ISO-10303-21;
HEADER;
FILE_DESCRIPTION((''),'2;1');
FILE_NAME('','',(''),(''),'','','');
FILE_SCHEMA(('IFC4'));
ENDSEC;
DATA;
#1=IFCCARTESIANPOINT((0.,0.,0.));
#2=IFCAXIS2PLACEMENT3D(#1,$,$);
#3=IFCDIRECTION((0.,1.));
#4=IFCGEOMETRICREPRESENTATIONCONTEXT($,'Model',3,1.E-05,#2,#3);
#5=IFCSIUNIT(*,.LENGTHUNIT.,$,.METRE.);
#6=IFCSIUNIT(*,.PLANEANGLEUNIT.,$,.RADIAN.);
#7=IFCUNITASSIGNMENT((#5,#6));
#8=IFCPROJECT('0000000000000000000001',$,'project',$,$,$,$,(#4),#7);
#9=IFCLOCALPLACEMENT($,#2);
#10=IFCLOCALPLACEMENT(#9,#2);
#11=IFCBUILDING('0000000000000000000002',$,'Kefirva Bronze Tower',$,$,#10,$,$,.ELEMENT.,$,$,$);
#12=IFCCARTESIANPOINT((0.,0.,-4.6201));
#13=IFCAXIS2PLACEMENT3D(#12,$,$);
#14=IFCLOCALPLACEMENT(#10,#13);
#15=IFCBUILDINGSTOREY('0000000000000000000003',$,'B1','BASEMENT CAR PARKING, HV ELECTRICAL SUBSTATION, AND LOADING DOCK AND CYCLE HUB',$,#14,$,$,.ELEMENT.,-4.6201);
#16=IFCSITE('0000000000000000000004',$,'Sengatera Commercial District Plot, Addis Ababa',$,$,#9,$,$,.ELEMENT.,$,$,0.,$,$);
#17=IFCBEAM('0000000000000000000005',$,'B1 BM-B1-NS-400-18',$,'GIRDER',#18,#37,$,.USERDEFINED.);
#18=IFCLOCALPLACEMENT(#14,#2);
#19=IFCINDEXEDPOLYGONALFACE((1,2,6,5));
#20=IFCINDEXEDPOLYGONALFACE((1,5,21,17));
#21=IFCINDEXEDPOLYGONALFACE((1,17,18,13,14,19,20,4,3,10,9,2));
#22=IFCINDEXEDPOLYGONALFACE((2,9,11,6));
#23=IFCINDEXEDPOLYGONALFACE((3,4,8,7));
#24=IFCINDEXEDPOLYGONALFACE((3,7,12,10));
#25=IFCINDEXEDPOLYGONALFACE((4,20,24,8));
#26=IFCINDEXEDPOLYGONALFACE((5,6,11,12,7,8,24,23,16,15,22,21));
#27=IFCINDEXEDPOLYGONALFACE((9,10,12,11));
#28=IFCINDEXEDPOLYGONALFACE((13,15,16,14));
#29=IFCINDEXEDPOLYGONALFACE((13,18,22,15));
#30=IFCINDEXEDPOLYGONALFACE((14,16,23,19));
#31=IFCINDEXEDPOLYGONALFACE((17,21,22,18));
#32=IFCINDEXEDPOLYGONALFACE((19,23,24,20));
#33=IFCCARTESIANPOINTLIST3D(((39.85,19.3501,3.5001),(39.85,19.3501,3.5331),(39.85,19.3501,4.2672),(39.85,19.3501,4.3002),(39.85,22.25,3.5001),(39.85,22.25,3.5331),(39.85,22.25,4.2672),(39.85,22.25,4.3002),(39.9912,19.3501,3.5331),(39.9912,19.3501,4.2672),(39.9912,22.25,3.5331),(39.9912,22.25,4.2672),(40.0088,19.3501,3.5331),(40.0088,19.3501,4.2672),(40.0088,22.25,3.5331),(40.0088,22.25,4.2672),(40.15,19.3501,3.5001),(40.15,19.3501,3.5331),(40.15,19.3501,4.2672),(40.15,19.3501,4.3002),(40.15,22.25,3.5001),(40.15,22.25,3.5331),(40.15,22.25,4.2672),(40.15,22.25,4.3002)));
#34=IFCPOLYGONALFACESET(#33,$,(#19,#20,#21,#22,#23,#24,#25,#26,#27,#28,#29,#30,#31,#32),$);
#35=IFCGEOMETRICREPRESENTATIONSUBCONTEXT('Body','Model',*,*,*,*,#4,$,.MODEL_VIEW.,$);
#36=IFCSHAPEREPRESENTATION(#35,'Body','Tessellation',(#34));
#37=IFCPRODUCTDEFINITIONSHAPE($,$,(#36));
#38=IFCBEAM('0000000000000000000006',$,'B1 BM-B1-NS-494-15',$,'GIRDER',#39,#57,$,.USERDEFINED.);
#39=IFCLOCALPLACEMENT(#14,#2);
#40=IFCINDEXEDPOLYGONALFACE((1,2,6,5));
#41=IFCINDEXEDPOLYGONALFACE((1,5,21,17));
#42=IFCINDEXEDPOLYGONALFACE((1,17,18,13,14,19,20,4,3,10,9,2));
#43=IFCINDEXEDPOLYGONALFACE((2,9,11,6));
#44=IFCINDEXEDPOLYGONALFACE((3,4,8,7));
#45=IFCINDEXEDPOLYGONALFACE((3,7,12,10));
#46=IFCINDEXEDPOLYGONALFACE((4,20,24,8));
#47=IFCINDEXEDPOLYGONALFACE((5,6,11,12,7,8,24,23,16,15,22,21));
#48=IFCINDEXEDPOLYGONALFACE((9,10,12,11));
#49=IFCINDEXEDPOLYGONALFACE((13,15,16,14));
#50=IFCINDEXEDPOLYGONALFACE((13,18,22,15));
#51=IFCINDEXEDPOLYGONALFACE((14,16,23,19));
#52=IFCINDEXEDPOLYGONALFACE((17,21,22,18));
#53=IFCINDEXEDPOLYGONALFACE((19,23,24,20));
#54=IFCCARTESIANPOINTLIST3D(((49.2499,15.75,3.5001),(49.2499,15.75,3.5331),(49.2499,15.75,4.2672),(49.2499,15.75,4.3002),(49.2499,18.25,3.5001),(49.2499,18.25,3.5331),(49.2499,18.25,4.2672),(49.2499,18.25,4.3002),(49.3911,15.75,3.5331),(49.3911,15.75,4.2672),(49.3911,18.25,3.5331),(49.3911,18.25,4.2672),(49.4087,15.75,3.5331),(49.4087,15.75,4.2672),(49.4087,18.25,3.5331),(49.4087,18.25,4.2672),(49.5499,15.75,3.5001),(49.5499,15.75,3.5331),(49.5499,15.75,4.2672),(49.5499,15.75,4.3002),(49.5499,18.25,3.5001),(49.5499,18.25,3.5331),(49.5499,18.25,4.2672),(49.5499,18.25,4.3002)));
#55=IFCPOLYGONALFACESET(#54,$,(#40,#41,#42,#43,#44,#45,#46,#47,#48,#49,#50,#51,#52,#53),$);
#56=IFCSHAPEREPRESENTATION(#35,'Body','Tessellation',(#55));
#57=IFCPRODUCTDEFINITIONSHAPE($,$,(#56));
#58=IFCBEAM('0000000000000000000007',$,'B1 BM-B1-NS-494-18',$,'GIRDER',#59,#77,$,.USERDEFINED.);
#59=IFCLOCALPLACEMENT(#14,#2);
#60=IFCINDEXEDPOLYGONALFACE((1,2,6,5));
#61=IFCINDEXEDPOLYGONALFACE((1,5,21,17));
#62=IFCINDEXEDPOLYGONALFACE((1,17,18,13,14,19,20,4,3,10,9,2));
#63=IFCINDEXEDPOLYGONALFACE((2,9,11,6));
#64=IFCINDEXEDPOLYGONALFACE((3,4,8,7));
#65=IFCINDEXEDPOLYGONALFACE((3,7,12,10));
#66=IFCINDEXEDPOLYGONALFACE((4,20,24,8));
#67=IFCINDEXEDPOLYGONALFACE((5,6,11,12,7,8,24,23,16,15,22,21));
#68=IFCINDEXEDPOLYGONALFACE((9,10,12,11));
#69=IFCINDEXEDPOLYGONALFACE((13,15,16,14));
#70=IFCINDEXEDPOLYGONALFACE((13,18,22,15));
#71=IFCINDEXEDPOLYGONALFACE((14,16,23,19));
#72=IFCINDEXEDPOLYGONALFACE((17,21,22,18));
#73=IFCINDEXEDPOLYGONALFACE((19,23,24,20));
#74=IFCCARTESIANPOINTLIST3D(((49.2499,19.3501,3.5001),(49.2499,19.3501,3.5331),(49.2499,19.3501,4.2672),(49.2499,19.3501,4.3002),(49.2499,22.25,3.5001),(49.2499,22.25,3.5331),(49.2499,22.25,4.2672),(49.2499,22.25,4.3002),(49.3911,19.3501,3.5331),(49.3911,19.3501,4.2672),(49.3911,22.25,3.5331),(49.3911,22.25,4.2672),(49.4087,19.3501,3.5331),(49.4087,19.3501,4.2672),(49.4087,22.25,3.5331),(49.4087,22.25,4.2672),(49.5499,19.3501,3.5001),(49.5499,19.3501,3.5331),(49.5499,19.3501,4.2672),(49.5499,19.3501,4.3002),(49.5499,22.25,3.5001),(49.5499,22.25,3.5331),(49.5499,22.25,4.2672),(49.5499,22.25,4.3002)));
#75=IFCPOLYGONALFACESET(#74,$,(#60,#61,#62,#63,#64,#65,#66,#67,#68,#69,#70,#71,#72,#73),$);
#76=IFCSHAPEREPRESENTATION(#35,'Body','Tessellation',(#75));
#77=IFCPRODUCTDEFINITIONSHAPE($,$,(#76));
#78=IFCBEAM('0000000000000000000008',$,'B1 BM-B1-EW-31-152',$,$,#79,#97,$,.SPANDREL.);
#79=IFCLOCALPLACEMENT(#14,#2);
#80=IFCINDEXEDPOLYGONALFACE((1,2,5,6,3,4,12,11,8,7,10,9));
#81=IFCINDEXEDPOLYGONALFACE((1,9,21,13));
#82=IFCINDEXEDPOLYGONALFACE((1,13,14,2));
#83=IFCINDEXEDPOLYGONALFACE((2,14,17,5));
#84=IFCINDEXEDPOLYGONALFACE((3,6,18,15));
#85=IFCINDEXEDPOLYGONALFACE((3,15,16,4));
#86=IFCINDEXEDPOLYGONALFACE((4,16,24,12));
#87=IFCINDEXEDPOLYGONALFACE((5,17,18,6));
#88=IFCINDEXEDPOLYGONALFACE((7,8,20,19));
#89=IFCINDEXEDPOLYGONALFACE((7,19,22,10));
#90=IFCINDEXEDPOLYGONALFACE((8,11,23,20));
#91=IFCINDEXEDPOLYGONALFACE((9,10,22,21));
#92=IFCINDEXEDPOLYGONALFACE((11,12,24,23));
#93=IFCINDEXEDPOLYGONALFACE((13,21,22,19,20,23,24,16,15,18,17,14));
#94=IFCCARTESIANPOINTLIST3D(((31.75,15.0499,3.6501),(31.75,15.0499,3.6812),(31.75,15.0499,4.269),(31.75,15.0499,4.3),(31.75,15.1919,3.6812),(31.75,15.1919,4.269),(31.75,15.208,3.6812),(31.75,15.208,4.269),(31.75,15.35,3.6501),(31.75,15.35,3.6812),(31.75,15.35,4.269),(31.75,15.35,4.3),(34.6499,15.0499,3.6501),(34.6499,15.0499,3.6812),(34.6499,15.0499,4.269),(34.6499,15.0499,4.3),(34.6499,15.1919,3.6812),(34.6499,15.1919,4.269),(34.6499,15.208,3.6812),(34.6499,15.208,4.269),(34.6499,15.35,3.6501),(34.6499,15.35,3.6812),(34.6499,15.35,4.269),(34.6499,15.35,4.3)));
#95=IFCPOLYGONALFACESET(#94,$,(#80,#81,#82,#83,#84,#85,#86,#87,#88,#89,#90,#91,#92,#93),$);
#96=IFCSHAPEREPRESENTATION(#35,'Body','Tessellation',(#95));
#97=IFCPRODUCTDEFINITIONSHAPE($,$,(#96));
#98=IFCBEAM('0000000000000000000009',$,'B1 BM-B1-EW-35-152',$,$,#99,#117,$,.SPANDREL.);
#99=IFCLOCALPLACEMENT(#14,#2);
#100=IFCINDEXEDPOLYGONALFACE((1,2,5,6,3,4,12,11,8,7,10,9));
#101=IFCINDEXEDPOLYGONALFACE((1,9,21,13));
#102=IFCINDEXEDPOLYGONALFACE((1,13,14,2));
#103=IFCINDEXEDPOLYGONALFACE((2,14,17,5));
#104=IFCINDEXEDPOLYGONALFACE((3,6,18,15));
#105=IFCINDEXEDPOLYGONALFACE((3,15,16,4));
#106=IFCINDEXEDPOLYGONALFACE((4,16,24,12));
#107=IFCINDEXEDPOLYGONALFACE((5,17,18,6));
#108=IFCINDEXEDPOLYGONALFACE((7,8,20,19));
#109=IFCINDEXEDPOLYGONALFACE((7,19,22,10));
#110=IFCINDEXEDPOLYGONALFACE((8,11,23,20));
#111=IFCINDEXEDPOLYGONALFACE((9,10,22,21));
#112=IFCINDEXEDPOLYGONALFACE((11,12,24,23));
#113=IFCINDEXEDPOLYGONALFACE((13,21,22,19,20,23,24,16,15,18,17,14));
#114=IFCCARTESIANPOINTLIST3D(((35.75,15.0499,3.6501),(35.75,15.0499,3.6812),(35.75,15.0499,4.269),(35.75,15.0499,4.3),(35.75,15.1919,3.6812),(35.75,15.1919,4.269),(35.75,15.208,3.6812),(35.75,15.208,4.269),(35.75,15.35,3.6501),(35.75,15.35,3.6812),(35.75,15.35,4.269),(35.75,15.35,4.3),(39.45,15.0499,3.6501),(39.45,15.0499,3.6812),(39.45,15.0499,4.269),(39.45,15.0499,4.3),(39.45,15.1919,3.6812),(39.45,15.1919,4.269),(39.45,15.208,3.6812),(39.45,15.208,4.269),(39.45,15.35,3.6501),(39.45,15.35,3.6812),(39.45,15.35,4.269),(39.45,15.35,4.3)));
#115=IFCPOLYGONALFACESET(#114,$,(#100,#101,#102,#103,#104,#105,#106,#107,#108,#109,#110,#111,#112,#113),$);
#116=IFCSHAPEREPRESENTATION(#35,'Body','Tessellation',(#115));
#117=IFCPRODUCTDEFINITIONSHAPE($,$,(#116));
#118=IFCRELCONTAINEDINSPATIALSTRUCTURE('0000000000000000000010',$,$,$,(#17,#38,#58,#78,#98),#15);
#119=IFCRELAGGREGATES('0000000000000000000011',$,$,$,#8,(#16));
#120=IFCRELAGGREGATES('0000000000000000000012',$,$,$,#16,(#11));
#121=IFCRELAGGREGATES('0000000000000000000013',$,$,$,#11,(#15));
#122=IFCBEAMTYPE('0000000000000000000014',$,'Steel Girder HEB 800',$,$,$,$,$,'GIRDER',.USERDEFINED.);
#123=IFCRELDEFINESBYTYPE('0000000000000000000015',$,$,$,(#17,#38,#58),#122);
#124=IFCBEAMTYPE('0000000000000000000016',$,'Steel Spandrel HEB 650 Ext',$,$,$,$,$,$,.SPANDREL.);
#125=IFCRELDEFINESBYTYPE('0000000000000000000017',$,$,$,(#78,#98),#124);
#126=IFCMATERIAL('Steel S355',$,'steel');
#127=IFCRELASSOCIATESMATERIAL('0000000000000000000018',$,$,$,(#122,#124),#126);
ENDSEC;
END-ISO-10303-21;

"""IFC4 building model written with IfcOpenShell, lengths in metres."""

from ifc_helpers import new_model, si_unit, direction, frame, origin, origin_2d, place, context, subcontext, project, spatial, i_section, extrude, material, material_profile, profile_set, type_object, element, save


model = new_model("IFC4")

# Units and contexts
model_context = context("Model", 3, precision=1e-05, world=origin(), true_north=direction((0.0, 1.0)))
body_context = subcontext(model_context, "Body", "Model", "MODEL_VIEW")
ifc_project = project(units=[si_unit("LENGTHUNIT", "METRE"), si_unit("PLANEANGLEUNIT", "RADIAN")], contexts=[model_context])

# Site, building, storey
site_placement = place(None, origin())
site = spatial("IfcSite", under=ifc_project, at=site_placement, Name="Sengatera Commercial District Plot, Addis Ababa", CompositionType="ELEMENT", RefElevation=0.0)
building_placement = place(site_placement, origin())
building = spatial("IfcBuilding", under=site, at=building_placement, Name="Kefirva Bronze Tower", CompositionType="ELEMENT")
storey_placement = place(building_placement, frame((0.0, 0.0, -4.6201)))
storey = spatial("IfcBuildingStorey", under=building, at=storey_placement, Name="B1", Description="BASEMENT CAR PARKING, HV ELECTRICAL SUBSTATION, AND LOADING DOCK AND CYCLE HUB", CompositionType="ELEMENT", Elevation=-4.6201)

# Beams
ifc_material_1 = material(Name="Steel S355", Category="steel")
ifc_material_profile_1 = material_profile(ifc_material_1, i_section(OverallWidth=0.3, OverallDepth=0.8, WebThickness=0.0176, FlangeThickness=0.033, at=origin_2d()), Name="HEB 800")
ifc_profile_set_1 = profile_set([ifc_material_profile_1], Name="Steel S355")
beam_type_1 = type_object("IfcBeamType", Name="Steel Girder HEB 800", ElementType="GIRDER", PredefinedType="USERDEFINED", material=ifc_profile_set_1)
beam_1_placement = place(storey_placement, frame((40.0, 19.3501, 3.9001), z_axis=(0.0, 1.0, 0.0), x_axis=(-1.0, 0.0, 0.0)))
element("IfcBeam", 1, at=beam_1_placement, inside=storey, type_object=beam_type_1, Name="B1 BM-B1-NS-400-18", ObjectType="GIRDER", PredefinedType="USERDEFINED", context=body_context, shape_type="SweptSolid", body=[
    extrude(i_section(OverallWidth=0.3, OverallDepth=0.8, WebThickness=0.0176, FlangeThickness=0.033, at=origin_2d()), origin(), (0.0, 0.0, 1.0), 2.8999),
])
beam_2_placement = place(storey_placement, frame((49.3999, 15.75, 3.9001), z_axis=(0.0, 1.0, 0.0), x_axis=(-1.0, 0.0, 0.0)))
element("IfcBeam", 2, at=beam_2_placement, inside=storey, type_object=beam_type_1, Name="B1 BM-B1-NS-494-15", ObjectType="GIRDER", PredefinedType="USERDEFINED", context=body_context, shape_type="SweptSolid", body=[
    extrude(i_section(OverallWidth=0.3, OverallDepth=0.8, WebThickness=0.0176, FlangeThickness=0.033, at=origin_2d()), origin(), (0.0, 0.0, 1.0), 2.5),
])
beam_3_placement = place(storey_placement, frame((49.3999, 19.3501, 3.9001), z_axis=(0.0, 1.0, 0.0), x_axis=(-1.0, 0.0, 0.0)))
element("IfcBeam", 3, at=beam_3_placement, inside=storey, type_object=beam_type_1, Name="B1 BM-B1-NS-494-18", ObjectType="GIRDER", PredefinedType="USERDEFINED", context=body_context, shape_type="SweptSolid", body=[
    extrude(i_section(OverallWidth=0.3, OverallDepth=0.8, WebThickness=0.0176, FlangeThickness=0.033, at=origin_2d()), origin(), (0.0, 0.0, 1.0), 2.8999),
])
ifc_material_profile_2 = material_profile(ifc_material_1, i_section(OverallWidth=0.3, OverallDepth=0.6499, WebThickness=0.0161, FlangeThickness=0.031, at=origin_2d()), Name="HEB 650")
ifc_profile_set_2 = profile_set([ifc_material_profile_2], Name="Steel S355")
beam_type_2 = type_object("IfcBeamType", Name="Steel Spandrel HEB 650 Ext", PredefinedType="SPANDREL", material=ifc_profile_set_2)
beam_4_placement = place(storey_placement, frame((31.75, 15.2, 3.9751), z_axis=(1.0, 0.0, 0.0), x_axis=(0.0, 1.0, 0.0)))
element("IfcBeam", 4, at=beam_4_placement, inside=storey, type_object=beam_type_2, Name="B1 BM-B1-EW-31-152", PredefinedType="SPANDREL", context=body_context, shape_type="SweptSolid", body=[
    extrude(i_section(OverallWidth=0.3, OverallDepth=0.6499, WebThickness=0.0161, FlangeThickness=0.031, at=origin_2d()), origin(), (0.0, 0.0, 1.0), 2.8999),
])
beam_5_placement = place(storey_placement, frame((35.75, 15.2, 3.9751), z_axis=(1.0, 0.0, 0.0), x_axis=(0.0, 1.0, 0.0)))
element("IfcBeam", 5, at=beam_5_placement, inside=storey, type_object=beam_type_2, Name="B1 BM-B1-EW-35-152", PredefinedType="SPANDREL", context=body_context, shape_type="SweptSolid", body=[
    extrude(i_section(OverallWidth=0.3, OverallDepth=0.6499, WebThickness=0.0161, FlangeThickness=0.031, at=origin_2d()), origin(), (0.0, 0.0, 1.0), 3.7),
])

save(model, "model.ifc")
